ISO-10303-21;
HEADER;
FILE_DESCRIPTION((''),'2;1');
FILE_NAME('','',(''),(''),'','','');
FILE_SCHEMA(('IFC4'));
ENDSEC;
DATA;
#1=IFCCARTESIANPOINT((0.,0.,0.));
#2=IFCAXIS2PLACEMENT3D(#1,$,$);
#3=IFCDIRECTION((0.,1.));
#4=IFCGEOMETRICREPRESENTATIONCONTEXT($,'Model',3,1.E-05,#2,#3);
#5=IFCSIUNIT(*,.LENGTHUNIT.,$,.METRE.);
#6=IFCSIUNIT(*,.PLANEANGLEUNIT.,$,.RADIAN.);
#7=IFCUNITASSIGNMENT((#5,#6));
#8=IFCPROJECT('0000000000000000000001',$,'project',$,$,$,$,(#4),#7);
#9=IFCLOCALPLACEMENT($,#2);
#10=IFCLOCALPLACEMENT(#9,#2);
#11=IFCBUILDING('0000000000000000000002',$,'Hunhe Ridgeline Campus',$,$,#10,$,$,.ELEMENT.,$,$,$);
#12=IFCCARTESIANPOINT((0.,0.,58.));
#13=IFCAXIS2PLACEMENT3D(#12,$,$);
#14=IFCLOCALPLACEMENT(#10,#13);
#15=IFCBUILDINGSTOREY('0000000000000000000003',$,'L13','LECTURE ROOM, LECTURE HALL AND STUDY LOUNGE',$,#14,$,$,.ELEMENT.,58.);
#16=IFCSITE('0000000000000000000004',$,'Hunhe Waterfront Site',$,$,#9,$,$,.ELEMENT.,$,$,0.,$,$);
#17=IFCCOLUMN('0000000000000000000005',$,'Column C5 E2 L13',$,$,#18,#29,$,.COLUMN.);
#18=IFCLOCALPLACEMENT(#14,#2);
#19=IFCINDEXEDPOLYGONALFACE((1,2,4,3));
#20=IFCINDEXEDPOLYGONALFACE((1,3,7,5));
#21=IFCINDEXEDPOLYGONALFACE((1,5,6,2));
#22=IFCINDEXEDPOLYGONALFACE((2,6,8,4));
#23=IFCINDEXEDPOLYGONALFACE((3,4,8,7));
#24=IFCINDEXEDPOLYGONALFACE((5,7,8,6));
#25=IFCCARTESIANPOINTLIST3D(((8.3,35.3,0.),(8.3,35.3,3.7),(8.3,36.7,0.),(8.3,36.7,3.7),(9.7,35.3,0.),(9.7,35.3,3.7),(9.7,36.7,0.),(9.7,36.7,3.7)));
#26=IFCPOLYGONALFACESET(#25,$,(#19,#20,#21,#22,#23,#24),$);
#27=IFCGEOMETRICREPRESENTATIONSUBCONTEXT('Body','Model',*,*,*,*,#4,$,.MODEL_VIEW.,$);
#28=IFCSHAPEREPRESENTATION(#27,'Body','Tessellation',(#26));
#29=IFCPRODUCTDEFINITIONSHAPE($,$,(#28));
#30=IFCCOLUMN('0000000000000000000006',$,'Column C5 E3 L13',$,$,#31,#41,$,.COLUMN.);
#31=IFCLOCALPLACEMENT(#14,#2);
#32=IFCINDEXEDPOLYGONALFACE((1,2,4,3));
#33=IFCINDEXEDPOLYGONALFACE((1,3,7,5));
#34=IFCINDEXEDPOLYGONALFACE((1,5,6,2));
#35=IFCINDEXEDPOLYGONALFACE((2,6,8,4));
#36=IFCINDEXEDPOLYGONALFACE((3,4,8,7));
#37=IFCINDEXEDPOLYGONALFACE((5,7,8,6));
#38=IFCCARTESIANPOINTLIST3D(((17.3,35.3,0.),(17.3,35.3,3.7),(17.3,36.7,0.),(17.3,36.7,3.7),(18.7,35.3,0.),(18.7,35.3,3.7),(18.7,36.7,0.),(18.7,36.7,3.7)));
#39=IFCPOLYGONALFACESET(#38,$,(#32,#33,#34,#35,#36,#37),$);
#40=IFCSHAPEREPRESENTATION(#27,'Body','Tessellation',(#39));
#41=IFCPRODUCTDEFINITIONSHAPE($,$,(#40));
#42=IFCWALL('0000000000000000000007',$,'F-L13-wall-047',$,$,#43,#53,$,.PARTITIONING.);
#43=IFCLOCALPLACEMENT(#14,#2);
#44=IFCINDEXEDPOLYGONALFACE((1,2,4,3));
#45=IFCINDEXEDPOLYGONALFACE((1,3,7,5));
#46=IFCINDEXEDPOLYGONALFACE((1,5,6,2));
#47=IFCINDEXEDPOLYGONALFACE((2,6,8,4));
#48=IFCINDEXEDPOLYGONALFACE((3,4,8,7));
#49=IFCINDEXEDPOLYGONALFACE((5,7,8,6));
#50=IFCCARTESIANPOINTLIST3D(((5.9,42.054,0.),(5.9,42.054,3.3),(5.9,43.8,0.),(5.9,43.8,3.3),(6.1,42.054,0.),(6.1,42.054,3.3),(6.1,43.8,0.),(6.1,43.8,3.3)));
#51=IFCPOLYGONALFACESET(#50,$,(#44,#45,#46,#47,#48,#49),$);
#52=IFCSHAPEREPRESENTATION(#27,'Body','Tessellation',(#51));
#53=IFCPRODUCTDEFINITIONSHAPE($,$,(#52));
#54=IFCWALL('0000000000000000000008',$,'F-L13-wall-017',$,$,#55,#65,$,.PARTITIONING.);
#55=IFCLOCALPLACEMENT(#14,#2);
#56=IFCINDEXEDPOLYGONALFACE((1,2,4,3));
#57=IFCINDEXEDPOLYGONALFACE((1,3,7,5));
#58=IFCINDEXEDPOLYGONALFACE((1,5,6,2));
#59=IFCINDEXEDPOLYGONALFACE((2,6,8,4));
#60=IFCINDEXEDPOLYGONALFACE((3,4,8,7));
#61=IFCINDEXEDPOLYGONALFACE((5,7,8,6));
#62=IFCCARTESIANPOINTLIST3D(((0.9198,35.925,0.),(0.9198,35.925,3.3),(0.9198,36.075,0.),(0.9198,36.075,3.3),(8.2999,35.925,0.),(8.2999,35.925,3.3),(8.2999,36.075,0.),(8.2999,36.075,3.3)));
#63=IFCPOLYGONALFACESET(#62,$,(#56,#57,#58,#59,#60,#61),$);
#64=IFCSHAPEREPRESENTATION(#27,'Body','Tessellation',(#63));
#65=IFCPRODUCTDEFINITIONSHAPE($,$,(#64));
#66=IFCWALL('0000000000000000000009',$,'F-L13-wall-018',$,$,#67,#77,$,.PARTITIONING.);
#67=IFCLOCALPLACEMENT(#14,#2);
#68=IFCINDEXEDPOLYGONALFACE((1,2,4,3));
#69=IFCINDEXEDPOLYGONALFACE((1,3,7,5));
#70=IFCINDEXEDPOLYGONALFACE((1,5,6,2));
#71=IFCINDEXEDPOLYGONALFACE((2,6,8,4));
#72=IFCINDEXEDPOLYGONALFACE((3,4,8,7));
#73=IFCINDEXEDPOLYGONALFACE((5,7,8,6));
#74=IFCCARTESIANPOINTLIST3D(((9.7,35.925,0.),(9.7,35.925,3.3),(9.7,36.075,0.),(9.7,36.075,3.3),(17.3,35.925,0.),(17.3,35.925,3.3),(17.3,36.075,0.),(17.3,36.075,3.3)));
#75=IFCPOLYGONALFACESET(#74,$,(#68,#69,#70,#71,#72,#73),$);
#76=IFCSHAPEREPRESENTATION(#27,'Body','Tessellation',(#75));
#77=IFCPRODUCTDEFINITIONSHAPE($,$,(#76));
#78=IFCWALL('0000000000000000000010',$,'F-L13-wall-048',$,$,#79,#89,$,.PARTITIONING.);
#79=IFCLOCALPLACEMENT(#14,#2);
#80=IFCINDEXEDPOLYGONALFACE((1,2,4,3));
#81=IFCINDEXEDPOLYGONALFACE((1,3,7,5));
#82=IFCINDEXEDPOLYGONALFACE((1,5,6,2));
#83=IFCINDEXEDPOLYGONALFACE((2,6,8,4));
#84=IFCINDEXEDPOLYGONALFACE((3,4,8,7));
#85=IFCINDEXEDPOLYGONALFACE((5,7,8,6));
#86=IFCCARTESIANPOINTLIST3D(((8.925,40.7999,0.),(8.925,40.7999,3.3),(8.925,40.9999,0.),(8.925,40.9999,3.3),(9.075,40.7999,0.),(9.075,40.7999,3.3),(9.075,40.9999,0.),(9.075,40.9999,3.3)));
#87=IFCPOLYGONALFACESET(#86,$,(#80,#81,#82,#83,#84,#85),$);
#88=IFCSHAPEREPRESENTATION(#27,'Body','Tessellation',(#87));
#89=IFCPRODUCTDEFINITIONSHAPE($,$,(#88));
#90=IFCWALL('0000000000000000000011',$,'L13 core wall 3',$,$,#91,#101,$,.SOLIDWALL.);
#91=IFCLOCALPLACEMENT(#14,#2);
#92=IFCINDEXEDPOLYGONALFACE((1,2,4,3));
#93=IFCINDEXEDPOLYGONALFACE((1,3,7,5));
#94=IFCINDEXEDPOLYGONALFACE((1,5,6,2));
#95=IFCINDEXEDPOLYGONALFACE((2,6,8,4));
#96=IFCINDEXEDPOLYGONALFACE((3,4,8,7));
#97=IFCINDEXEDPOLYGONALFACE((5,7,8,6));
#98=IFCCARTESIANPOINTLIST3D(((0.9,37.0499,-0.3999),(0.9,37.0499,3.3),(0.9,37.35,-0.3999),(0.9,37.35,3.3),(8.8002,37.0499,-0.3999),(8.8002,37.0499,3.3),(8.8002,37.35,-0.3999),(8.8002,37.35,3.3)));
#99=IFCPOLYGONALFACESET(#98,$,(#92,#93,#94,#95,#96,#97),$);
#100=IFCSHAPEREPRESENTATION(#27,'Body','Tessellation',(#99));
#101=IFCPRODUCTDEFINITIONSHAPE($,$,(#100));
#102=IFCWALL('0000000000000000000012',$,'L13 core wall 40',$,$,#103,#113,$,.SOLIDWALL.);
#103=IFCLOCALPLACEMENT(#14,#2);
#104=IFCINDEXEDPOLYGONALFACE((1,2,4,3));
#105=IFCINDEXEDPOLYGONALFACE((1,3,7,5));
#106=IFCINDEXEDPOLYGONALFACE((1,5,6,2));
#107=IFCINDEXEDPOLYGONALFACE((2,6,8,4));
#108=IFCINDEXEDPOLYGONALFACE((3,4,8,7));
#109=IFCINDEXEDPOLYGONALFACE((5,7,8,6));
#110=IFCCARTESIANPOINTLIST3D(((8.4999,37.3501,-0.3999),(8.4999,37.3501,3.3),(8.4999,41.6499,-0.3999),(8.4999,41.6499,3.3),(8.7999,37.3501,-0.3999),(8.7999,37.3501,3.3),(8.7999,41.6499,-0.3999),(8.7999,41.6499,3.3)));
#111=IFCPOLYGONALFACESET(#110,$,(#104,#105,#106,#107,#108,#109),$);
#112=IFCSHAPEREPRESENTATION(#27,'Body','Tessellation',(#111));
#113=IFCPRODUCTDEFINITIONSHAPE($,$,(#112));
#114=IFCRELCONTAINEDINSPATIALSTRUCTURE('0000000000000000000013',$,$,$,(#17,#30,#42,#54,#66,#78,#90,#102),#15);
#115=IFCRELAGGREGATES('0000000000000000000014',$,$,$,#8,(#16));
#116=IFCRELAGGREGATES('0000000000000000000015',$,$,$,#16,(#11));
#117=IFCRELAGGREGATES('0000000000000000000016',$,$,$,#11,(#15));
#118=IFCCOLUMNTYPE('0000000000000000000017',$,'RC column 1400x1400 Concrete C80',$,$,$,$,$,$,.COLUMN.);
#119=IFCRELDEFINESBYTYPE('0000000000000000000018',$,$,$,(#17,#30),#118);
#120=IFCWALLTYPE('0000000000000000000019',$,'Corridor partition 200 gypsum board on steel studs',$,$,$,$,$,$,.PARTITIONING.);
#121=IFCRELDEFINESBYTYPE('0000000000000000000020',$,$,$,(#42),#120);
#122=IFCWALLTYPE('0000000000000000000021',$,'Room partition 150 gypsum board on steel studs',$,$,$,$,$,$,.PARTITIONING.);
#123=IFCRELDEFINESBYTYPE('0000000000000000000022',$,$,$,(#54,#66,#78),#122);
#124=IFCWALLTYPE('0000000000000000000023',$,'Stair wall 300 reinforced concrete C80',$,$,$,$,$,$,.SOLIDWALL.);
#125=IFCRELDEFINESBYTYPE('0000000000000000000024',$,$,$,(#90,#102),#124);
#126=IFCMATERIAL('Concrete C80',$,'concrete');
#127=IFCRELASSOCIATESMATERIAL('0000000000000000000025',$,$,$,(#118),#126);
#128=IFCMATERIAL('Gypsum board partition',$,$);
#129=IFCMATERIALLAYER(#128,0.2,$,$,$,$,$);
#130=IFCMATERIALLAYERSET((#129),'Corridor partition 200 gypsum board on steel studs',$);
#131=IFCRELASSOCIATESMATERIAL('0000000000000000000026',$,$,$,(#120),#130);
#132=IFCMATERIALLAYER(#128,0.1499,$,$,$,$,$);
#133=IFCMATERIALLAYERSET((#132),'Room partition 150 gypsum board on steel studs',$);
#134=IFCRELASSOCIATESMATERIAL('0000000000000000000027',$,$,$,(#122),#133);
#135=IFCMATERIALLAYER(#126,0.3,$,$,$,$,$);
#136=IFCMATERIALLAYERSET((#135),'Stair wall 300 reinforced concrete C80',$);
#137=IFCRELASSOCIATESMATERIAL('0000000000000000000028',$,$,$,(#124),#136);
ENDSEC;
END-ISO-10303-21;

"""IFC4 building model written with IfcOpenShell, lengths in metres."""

from ifc_helpers import new_model, si_unit, direction, frame, frame_2d, origin, origin_2d, place, context, subcontext, project, spatial, rectangle, extrude, material, layer, layer_set, material_profile, profile_set, type_object, element, save


model = new_model("IFC4")

# Units and contexts
model_context = context("Model", 3, precision=1e-05, world=origin(), true_north=direction((0.0, 1.0)))
body_context = subcontext(model_context, "Body", "Model", "MODEL_VIEW")
ifc_project = project(units=[si_unit("LENGTHUNIT", "METRE"), si_unit("PLANEANGLEUNIT", "RADIAN")], contexts=[model_context])

# Site, building, storey
site_placement = place(None, origin())
site = spatial("IfcSite", under=ifc_project, at=site_placement, Name="Hunhe Waterfront Site", CompositionType="ELEMENT", RefElevation=0.0)
building_placement = place(site_placement, origin())
building = spatial("IfcBuilding", under=site, at=building_placement, Name="Hunhe Ridgeline Campus", CompositionType="ELEMENT")
storey_placement = place(building_placement, frame((0.0, 0.0, 58.0)))
storey = spatial("IfcBuildingStorey", under=building, at=storey_placement, Name="L13", Description="LECTURE ROOM, LECTURE HALL AND STUDY LOUNGE", CompositionType="ELEMENT", Elevation=58.0)

# Columns
ifc_material_1 = material(Name="Concrete C80", Category="concrete")
ifc_material_profile = material_profile(ifc_material_1, rectangle(XDim=1.3999, YDim=1.3999, at=origin_2d()))
ifc_profile_set = profile_set([ifc_material_profile], Name="Concrete C80")
column_type = type_object("IfcColumnType", Name="RC column 1400x1400 Concrete C80", PredefinedType="COLUMN", material=ifc_profile_set)
for number, where, z_axis, x_axis, name in (
    (1, (9.0, 36.0, 0.0), (0.0, 0.0, 1.0), (1.0, 0.0, 0.0), "Column C5 E2 L13"),
    (2, (18.0, 36.0, 0.0), (0.0, 0.0, 1.0), (1.0, 0.0, 0.0), "Column C5 E3 L13"),
):
    element("IfcColumn", number, at=place(storey_placement, frame(where, z_axis=z_axis, x_axis=x_axis)), inside=storey, type_object=column_type, Name=name, PredefinedType="COLUMN", context=body_context, shape_type="SweptSolid", body=[
        extrude(rectangle(XDim=1.3999, YDim=1.3999, at=origin_2d()), origin(), (0.0, 0.0, 1.0), 3.7),
    ])

# Shared definitions
ifc_material_2 = material(Name="Gypsum board partition")
ifc_layer_1 = layer(ifc_material_2, 0.2)
ifc_layer_set_1 = layer_set([ifc_layer_1], Name="Corridor partition 200 gypsum board on steel studs")
wall_type_1 = type_object("IfcWallType", Name="Corridor partition 200 gypsum board on steel studs", PredefinedType="PARTITIONING", material=ifc_layer_set_1)

# Walls
wall_1_placement = place(storey_placement, frame((6.0, 42.054, 0.0), z_axis=(0.0, 0.0, 1.0), x_axis=(0.0, 1.0, 0.0)))
element("IfcWall", 3, at=wall_1_placement, inside=storey, type_object=wall_type_1, Name="F-L13-wall-047", PredefinedType="PARTITIONING", context=body_context, shape_type="SweptSolid", body=[
    extrude(rectangle(XDim=1.7461, YDim=0.2, at=frame_2d((0.873, 0.0))), origin(), (0.0, 0.0, 1.0), 3.3),
])
ifc_layer_2 = layer(ifc_material_2, 0.1499)
ifc_layer_set_2 = layer_set([ifc_layer_2], Name="Room partition 150 gypsum board on steel studs")
wall_type_2 = type_object("IfcWallType", Name="Room partition 150 gypsum board on steel studs", PredefinedType="PARTITIONING", material=ifc_layer_set_2)
wall_2_placement = place(storey_placement, frame((0.9199, 36.0, 0.0), z_axis=(0.0, 0.0, 1.0), x_axis=(1.0, 0.0, 0.0)))
element("IfcWall", 4, at=wall_2_placement, inside=storey, type_object=wall_type_2, Name="F-L13-wall-017", PredefinedType="PARTITIONING", context=body_context, shape_type="SweptSolid", body=[
    extrude(rectangle(XDim=7.3801, YDim=0.1499, at=frame_2d((3.6899, 0.0))), origin(), (0.0, 0.0, 1.0), 3.3),
])
wall_3_placement = place(storey_placement, frame((9.7, 36.0, 0.0), z_axis=(0.0, 0.0, 1.0), x_axis=(1.0, 0.0, 0.0)))
element("IfcWall", 5, at=wall_3_placement, inside=storey, type_object=wall_type_2, Name="F-L13-wall-018", PredefinedType="PARTITIONING", context=body_context, shape_type="SweptSolid", body=[
    extrude(rectangle(XDim=7.6001, YDim=0.1499, at=frame_2d((3.8, 0.0))), origin(), (0.0, 0.0, 1.0), 3.3),
])
wall_4_placement = place(storey_placement, frame((9.0, 41.0, 0.0), z_axis=(0.0, 0.0, 1.0), x_axis=(0.0, -1.0, 0.0)))
element("IfcWall", 6, at=wall_4_placement, inside=storey, type_object=wall_type_2, Name="F-L13-wall-048", PredefinedType="PARTITIONING", context=body_context, shape_type="SweptSolid", body=[
    extrude(rectangle(XDim=0.2, YDim=0.1499, at=frame_2d((0.1001, 0.0))), origin(), (0.0, 0.0, 1.0), 3.3),
])
ifc_layer_3 = layer(ifc_material_1, 0.3)
ifc_layer_set_3 = layer_set([ifc_layer_3], Name="Stair wall 300 reinforced concrete C80")
wall_type_3 = type_object("IfcWallType", Name="Stair wall 300 reinforced concrete C80", PredefinedType="SOLIDWALL", material=ifc_layer_set_3)
wall_5_placement = place(storey_placement, frame((0.8999, 37.2, -0.3999), z_axis=(0.0, 0.0, 1.0), x_axis=(1.0, 0.0, 0.0)))
element("IfcWall", 7, at=wall_5_placement, inside=storey, type_object=wall_type_3, Name="L13 core wall 3", PredefinedType="SOLIDWALL", context=body_context, shape_type="SweptSolid", body=[
    extrude(rectangle(XDim=7.9001, YDim=0.3, at=frame_2d((3.9502, 0.0))), origin(), (0.0, 0.0, 1.0), 3.7),
])

# Wall
wall_6_placement = place(storey_placement, frame((8.6499, 37.3501, -0.3999), z_axis=(0.0, 0.0, 1.0), x_axis=(0.0, 1.0, 0.0)))
element("IfcWall", 8, at=wall_6_placement, inside=storey, type_object=wall_type_3, Name="L13 core wall 40", PredefinedType="SOLIDWALL", context=body_context, shape_type="SweptSolid", body=[
    extrude(rectangle(XDim=4.2998, YDim=0.3, at=frame_2d((2.1499, 0.0))), origin(), (0.0, 0.0, 1.0), 3.7),
])

save(model, "model.ifc")
